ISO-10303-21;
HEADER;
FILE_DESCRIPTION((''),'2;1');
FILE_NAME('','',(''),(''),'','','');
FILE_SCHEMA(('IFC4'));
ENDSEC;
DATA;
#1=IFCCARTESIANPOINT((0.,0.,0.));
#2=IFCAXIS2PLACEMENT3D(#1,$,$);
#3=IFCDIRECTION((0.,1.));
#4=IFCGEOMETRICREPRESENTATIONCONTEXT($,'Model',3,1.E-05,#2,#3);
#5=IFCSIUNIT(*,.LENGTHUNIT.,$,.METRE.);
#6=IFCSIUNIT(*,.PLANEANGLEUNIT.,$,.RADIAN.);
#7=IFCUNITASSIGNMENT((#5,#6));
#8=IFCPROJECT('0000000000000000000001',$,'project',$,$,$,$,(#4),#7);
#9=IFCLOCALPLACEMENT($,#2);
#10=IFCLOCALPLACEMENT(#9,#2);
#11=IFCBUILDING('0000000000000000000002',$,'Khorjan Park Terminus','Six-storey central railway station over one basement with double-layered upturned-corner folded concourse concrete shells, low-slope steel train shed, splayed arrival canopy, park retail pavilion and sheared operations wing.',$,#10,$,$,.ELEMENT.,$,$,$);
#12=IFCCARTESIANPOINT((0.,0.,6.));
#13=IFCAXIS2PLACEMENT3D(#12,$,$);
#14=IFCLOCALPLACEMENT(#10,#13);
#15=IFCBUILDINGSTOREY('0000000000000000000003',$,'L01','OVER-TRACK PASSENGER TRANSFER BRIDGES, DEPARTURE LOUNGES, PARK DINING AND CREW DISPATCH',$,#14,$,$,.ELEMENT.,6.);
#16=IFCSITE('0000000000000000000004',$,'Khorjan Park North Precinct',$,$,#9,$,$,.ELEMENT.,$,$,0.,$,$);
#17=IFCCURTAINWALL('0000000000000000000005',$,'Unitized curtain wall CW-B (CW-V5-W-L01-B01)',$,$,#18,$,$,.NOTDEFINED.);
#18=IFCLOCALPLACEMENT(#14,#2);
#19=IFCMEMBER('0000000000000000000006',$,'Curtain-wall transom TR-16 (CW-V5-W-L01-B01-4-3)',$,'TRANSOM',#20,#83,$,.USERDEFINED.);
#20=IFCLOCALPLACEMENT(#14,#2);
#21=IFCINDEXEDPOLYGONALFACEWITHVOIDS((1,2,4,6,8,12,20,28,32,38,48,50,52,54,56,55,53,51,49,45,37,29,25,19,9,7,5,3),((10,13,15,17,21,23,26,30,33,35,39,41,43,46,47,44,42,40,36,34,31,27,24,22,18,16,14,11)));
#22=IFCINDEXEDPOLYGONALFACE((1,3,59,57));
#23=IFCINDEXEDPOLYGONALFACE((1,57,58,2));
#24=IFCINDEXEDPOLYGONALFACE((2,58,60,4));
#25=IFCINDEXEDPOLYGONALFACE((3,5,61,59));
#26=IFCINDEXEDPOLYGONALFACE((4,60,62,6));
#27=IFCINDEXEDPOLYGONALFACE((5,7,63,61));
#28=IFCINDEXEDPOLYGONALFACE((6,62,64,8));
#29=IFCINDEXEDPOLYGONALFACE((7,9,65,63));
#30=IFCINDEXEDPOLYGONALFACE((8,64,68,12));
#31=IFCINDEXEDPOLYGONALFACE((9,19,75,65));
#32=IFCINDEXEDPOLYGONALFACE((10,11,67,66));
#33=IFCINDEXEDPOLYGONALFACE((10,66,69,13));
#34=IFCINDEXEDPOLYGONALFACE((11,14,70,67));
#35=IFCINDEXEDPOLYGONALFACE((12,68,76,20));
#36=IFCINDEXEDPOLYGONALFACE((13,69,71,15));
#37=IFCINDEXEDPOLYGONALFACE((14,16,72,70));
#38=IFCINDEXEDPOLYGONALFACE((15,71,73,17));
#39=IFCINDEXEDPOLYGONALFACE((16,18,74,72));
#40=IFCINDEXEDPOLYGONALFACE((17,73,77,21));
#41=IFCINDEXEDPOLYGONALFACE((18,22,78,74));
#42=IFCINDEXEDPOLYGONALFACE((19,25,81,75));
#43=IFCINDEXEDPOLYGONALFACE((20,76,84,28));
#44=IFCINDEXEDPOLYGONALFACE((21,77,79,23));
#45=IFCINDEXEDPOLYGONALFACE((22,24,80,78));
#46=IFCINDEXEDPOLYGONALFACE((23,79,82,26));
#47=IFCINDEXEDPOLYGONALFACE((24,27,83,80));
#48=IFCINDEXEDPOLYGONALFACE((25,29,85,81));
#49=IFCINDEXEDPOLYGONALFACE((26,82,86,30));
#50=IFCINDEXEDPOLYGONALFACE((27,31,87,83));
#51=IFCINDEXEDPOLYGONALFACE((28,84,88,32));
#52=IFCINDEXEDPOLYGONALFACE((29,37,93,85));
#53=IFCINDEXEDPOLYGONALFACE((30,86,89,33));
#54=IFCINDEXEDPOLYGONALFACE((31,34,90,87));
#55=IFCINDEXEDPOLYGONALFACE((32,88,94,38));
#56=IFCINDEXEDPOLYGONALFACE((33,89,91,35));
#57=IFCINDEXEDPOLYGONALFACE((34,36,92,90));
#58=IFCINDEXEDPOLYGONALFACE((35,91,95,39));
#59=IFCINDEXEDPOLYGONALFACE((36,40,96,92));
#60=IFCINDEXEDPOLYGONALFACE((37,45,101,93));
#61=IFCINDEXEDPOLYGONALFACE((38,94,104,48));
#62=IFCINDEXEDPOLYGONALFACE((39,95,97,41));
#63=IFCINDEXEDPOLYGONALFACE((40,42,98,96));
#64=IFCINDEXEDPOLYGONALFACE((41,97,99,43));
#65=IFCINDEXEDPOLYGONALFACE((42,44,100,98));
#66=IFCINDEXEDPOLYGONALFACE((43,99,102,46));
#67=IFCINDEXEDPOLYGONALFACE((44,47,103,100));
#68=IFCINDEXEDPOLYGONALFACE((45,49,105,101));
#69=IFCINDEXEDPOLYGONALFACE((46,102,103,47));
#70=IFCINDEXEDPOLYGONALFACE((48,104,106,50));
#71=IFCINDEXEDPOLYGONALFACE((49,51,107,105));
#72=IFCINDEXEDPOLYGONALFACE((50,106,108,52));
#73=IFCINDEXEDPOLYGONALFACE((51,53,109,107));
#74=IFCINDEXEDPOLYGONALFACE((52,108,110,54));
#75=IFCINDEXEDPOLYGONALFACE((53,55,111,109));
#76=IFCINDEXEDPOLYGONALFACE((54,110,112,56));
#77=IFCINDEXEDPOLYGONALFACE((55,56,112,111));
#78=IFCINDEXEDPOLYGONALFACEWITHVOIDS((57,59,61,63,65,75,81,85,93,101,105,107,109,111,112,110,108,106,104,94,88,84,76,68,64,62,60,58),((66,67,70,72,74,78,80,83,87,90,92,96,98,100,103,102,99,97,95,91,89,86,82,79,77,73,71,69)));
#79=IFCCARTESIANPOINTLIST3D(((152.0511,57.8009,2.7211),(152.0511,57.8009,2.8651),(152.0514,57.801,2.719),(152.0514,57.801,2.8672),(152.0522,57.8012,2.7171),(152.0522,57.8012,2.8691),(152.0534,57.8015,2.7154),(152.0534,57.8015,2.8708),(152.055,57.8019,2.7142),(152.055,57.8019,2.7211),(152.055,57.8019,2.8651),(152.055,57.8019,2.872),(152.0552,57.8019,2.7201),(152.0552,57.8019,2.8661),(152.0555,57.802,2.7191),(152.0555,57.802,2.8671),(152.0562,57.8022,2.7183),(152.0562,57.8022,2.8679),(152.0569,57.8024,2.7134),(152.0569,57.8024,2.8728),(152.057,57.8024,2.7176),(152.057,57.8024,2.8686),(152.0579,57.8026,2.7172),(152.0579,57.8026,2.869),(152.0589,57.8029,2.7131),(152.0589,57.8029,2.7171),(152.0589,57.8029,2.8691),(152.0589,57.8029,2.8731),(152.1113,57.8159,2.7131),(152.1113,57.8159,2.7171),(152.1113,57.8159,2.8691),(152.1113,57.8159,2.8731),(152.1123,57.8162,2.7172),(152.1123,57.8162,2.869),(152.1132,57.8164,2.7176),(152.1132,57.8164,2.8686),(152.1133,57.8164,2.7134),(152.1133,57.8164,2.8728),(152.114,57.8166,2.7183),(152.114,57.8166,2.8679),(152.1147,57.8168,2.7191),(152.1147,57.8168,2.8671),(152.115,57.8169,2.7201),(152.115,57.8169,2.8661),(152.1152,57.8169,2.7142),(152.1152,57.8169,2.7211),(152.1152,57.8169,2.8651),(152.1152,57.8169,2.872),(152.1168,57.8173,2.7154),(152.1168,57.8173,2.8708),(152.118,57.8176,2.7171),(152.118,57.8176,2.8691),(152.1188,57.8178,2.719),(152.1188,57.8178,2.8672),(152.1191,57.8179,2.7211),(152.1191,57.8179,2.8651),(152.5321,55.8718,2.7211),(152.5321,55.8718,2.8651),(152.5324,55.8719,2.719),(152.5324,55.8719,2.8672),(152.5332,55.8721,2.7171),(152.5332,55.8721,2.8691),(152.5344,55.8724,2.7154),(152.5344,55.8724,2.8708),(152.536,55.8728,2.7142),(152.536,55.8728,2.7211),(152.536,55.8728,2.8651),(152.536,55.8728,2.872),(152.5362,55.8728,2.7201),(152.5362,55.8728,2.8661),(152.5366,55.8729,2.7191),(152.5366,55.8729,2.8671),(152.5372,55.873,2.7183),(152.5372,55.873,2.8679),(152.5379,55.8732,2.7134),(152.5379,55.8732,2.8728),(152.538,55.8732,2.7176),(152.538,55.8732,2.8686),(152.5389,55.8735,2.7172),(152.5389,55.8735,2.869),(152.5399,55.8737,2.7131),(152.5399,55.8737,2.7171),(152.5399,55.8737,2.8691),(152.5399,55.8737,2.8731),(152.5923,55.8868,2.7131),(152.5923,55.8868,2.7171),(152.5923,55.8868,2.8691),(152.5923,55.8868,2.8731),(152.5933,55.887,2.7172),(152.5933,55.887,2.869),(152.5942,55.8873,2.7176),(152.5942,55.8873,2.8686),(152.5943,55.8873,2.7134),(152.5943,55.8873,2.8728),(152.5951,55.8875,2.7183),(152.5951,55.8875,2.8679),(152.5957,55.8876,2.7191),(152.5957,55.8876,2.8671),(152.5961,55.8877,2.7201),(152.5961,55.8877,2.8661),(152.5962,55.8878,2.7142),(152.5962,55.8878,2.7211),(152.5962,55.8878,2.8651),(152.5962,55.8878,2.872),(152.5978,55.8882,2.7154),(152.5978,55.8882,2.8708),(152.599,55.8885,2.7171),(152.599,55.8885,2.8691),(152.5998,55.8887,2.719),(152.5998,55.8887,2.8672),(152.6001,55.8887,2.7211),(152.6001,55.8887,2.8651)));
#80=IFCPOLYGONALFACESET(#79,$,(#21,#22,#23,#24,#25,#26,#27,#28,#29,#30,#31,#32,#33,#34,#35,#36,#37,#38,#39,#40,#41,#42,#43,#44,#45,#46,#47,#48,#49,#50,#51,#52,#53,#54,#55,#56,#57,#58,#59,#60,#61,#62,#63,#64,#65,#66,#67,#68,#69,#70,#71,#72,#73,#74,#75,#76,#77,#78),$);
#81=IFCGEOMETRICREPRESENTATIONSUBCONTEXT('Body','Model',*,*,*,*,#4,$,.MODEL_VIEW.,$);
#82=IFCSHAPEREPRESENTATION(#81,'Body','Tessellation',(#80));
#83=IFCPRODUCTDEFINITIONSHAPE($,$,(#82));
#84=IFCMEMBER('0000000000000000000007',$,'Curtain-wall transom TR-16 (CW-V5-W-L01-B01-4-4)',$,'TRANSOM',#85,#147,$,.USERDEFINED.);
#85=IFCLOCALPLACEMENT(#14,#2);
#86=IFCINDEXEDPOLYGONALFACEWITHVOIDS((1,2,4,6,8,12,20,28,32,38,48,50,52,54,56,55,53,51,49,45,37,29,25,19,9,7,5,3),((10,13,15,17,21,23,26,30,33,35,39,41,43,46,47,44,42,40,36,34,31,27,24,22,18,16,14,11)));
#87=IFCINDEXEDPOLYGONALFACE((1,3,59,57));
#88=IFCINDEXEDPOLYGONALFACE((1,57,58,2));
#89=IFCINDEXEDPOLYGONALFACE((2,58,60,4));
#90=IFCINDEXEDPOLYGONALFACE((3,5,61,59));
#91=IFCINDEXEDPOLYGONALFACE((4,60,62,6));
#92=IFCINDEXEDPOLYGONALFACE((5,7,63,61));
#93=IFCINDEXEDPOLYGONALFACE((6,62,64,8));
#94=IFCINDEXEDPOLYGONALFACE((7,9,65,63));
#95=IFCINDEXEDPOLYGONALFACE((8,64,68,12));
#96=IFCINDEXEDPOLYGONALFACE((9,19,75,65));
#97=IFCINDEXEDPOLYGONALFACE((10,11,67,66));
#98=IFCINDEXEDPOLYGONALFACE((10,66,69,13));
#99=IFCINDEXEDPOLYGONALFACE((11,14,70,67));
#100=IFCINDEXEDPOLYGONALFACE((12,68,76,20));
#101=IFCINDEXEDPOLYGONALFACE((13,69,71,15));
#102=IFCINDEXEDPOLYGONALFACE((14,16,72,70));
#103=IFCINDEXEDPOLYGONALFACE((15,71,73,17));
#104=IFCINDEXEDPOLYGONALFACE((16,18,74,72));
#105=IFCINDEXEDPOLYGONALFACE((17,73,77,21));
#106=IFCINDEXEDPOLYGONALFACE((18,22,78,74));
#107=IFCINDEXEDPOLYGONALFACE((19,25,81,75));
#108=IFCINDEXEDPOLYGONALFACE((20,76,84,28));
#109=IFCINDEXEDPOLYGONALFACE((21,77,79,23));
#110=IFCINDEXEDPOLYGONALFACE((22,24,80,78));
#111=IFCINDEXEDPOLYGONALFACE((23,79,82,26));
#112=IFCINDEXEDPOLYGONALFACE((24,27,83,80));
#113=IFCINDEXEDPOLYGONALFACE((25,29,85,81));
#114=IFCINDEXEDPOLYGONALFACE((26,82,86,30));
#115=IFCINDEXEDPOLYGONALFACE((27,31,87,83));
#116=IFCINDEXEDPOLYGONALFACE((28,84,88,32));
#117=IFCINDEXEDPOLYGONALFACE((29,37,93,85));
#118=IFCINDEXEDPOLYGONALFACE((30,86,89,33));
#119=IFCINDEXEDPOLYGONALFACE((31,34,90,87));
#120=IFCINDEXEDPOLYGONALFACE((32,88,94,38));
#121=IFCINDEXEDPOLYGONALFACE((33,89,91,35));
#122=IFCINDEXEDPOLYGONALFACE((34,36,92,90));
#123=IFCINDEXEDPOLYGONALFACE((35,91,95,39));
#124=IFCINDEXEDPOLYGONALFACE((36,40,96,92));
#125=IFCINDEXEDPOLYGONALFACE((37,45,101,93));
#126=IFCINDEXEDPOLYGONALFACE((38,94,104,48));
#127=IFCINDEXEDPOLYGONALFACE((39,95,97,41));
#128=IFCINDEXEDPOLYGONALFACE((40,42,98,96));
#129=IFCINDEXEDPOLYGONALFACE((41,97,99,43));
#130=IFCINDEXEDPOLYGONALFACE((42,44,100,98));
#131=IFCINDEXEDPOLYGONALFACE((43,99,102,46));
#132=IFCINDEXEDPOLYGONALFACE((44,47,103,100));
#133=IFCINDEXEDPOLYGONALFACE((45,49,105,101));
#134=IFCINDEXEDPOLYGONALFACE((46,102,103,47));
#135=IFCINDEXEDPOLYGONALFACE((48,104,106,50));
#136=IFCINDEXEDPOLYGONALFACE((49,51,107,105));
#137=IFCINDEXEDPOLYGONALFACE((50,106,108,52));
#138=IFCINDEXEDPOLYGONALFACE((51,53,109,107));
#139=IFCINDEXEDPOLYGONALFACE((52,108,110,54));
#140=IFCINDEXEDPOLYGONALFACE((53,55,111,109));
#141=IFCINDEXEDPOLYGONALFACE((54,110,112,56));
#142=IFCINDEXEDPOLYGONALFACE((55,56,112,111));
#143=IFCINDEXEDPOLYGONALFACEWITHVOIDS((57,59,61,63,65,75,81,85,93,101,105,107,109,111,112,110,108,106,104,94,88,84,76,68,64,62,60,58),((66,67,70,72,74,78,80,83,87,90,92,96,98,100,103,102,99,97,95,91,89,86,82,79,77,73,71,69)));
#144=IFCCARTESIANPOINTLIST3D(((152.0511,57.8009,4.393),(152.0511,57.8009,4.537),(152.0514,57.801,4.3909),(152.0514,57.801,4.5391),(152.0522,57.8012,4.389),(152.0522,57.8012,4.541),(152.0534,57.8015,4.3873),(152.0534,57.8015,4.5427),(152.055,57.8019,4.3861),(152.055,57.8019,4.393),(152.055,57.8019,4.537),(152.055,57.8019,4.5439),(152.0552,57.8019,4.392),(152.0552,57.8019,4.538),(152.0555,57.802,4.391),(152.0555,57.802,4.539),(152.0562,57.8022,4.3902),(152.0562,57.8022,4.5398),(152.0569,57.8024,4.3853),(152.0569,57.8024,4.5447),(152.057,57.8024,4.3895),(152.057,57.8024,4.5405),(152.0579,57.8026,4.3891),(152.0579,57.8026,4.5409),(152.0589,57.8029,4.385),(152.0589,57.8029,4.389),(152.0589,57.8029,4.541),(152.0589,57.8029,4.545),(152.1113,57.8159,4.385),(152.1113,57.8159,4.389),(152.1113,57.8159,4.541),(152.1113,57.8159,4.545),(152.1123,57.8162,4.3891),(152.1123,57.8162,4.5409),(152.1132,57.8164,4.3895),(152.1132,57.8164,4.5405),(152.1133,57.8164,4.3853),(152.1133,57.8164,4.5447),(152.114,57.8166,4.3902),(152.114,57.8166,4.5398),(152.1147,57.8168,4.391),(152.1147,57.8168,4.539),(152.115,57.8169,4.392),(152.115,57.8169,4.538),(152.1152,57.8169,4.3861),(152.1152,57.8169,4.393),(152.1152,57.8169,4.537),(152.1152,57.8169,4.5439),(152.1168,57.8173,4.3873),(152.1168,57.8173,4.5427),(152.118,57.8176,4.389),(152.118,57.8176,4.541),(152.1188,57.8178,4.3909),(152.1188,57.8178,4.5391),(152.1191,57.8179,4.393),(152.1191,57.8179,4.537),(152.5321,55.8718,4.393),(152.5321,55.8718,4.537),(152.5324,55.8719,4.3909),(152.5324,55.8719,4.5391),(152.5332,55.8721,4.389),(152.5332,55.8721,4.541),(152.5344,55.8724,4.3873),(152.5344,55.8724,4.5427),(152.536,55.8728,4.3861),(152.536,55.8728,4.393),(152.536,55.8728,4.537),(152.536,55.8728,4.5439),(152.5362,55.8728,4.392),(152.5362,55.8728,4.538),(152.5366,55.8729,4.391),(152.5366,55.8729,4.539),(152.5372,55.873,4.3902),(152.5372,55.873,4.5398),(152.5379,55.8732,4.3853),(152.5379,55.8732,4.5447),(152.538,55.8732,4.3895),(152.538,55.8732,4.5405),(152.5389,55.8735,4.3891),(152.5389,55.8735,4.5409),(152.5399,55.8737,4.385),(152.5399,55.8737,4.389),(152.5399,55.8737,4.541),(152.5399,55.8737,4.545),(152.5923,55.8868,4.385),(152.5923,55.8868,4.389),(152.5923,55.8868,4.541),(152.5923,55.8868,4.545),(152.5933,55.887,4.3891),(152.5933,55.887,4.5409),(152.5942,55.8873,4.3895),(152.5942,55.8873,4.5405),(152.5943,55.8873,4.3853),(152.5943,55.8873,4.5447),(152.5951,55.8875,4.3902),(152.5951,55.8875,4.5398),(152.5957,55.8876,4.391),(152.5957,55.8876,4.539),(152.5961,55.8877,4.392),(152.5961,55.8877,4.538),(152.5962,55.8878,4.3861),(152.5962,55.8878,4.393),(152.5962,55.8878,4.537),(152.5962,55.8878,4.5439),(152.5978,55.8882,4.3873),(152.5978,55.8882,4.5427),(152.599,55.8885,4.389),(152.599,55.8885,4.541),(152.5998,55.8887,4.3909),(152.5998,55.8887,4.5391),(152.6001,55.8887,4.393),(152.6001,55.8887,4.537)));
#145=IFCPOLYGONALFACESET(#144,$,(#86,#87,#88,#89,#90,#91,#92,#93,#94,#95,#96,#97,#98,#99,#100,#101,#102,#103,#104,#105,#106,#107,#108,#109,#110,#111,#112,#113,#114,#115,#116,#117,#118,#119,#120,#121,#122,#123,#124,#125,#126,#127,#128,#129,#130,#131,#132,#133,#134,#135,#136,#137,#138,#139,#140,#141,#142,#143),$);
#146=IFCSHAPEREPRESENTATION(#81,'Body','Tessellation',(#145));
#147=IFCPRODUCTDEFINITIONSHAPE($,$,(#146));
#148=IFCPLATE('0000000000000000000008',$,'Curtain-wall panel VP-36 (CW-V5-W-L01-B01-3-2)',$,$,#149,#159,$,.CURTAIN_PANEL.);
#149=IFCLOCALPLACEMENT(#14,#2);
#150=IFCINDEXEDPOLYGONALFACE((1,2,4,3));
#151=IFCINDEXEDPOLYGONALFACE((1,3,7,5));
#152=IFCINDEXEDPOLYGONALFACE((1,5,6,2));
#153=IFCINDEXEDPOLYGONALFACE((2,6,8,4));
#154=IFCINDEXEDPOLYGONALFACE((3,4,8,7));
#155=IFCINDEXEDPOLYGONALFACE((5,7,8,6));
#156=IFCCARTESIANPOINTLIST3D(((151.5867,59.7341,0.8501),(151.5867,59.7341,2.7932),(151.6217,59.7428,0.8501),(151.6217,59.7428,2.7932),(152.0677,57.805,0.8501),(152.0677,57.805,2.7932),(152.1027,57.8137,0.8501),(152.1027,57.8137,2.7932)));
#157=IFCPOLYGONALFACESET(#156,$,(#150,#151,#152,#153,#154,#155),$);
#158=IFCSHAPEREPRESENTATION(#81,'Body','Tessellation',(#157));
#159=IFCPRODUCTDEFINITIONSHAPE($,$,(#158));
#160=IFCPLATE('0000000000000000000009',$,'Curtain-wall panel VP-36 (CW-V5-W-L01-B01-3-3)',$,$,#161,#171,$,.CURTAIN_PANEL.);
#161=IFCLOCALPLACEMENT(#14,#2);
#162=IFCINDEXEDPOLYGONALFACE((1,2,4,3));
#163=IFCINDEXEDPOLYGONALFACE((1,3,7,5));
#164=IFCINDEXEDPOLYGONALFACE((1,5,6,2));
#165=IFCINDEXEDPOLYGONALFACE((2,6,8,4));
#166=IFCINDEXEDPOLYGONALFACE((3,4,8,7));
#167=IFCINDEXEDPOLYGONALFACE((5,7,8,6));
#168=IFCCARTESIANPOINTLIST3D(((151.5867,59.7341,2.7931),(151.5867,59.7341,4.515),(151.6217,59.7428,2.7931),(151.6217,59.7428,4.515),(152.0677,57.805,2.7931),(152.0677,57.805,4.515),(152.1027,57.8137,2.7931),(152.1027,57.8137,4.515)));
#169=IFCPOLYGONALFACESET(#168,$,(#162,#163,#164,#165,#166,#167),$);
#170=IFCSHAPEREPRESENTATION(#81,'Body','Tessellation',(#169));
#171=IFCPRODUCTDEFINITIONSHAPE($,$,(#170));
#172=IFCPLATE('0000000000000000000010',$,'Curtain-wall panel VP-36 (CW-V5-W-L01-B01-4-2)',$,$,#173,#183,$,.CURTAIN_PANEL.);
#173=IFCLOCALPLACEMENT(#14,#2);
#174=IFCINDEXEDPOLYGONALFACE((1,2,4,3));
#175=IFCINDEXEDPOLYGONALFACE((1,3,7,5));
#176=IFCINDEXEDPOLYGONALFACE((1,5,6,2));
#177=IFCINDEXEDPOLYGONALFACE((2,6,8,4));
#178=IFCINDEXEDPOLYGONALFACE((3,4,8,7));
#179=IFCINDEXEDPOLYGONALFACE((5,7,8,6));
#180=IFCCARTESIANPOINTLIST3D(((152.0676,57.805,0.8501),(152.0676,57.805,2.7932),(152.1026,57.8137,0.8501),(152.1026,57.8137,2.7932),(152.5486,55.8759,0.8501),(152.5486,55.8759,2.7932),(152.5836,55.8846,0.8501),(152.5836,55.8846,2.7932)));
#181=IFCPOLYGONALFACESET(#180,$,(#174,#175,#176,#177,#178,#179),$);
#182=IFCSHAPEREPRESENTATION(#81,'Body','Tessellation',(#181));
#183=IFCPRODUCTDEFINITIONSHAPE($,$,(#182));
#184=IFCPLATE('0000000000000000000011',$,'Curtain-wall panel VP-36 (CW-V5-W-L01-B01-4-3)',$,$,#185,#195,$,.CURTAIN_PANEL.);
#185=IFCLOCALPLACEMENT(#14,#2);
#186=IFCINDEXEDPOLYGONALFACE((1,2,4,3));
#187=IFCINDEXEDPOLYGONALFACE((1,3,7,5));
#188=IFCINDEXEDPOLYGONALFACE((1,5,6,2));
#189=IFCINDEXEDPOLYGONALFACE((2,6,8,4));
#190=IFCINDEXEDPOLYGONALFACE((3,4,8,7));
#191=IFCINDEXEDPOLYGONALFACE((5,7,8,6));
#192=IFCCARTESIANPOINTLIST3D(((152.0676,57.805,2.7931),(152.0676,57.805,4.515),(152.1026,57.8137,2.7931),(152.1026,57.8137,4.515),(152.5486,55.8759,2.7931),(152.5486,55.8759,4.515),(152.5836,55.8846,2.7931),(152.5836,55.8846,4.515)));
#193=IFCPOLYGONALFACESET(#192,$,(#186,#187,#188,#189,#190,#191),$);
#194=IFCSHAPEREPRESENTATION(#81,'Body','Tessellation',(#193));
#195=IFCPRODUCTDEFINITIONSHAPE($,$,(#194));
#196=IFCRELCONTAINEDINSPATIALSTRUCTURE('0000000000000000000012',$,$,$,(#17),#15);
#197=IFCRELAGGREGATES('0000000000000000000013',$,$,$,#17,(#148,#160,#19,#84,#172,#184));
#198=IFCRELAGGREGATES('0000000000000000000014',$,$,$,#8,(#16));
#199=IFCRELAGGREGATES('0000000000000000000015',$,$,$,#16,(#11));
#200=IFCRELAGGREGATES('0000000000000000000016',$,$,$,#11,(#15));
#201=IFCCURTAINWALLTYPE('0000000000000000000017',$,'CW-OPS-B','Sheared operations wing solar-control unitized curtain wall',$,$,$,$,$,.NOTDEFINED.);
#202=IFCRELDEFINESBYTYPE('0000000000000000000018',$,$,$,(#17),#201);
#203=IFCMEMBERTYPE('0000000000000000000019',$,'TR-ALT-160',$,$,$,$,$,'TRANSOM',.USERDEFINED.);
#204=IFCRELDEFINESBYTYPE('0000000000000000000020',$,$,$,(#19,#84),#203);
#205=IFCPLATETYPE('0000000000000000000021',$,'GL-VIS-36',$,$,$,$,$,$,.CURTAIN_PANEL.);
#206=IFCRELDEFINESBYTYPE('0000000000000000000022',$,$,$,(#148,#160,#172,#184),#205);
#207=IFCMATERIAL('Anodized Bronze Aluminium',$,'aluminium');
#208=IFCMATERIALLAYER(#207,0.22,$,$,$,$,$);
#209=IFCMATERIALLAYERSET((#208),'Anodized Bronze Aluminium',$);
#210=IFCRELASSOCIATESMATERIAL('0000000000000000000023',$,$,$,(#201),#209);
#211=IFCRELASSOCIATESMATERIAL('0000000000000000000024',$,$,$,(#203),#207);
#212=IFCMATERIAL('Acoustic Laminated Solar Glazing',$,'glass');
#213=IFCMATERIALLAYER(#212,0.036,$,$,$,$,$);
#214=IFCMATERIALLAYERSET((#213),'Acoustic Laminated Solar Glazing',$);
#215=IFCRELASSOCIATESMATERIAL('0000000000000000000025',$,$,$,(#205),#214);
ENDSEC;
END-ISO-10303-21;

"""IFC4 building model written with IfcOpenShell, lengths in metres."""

from ifc_helpers import new_model, si_unit, direction, frame, origin, origin_2d, place, context, subcontext, project, spatial, rectangle, hollow_rectangle, extrude, material, layer, layer_set, material_profile, profile_set, type_object, element, aggregate, save


model = new_model("IFC4")

# Units and contexts
model_context = context("Model", 3, precision=1e-05, world=origin(), true_north=direction((0.0, 1.0)))
body_context = subcontext(model_context, "Body", "Model", "MODEL_VIEW")
ifc_project = project(units=[si_unit("LENGTHUNIT", "METRE"), si_unit("PLANEANGLEUNIT", "RADIAN")], contexts=[model_context])

# Site, building, storey
site_placement = place(None, origin())
site = spatial("IfcSite", under=ifc_project, at=site_placement, Name="Khorjan Park North Precinct", CompositionType="ELEMENT", RefElevation=0.0)
building_placement = place(site_placement, origin())
building = spatial("IfcBuilding", under=site, at=building_placement, Name="Khorjan Park Terminus", Description="Six-storey central railway station over one basement with double-layered upturned-corner folded concourse concrete shells, low-slope steel train shed, splayed arrival canopy, park retail pavilion and sheared operations wing.", CompositionType="ELEMENT")
storey_placement = place(building_placement, frame((0.0, 0.0, 6.0)))
storey = spatial("IfcBuildingStorey", under=building, at=storey_placement, Name="L01", Description="OVER-TRACK PASSENGER TRANSFER BRIDGES, DEPARTURE LOUNGES, PARK DINING AND CREW DISPATCH", CompositionType="ELEMENT", Elevation=6.0)

# Curtain wall, members, plates
ifc_material_1 = material(Name="Anodized Bronze Aluminium", Category="aluminium")
ifc_layer_1 = layer(ifc_material_1, 0.22)
ifc_layer_set_1 = layer_set([ifc_layer_1], Name="Anodized Bronze Aluminium")
curtain_wall_type = type_object("IfcCurtainWallType", Name="CW-OPS-B", Description="Sheared operations wing solar-control unitized curtain wall", PredefinedType="NOTDEFINED", material=ifc_layer_set_1)
curtain_wall_placement = place(storey_placement, origin())
curtain_wall = element("IfcCurtainWall", 1, at=curtain_wall_placement, inside=storey, type_object=curtain_wall_type, Name="Unitized curtain wall CW-B (CW-V5-W-L01-B01)", PredefinedType="NOTDEFINED")
ifc_material_profile_1 = material_profile(ifc_material_1, hollow_rectangle(XDim=0.07, YDim=0.16, WallThickness=0.004, InnerFilletRadius=0.004, OuterFilletRadius=0.008, at=origin_2d()), Name="ALT 70x160x4")
ifc_profile_set_1 = profile_set([ifc_material_profile_1], Name="Anodized Bronze Aluminium")
member_type_1 = type_object("IfcMemberType", Name="TR-ALT-160", ElementType="TRANSOM", PredefinedType="USERDEFINED", material=ifc_profile_set_1)
member_1_placement = place(storey_placement, frame((152.0851, 57.8094, 2.7931), z_axis=(0.241932, -0.970293, 0.0), x_axis=(0.970293, 0.241932, 0.0)))
member_1 = element("IfcMember", 2, at=member_1_placement, type_object=member_type_1, Name="Curtain-wall transom TR-16 (CW-V5-W-L01-B01-4-3)", ObjectType="TRANSOM", PredefinedType="USERDEFINED", context=body_context, shape_type="SweptSolid", body=[
    extrude(hollow_rectangle(XDim=0.07, YDim=0.16, WallThickness=0.004, InnerFilletRadius=0.004, OuterFilletRadius=0.008, at=origin_2d()), origin(), (0.0, 0.0, 1.0), 1.9882),
])
member_2_placement = place(storey_placement, frame((152.0851, 57.8094, 4.465), z_axis=(0.241932, -0.970293, 0.0), x_axis=(0.970293, 0.241932, 0.0)))
member_2 = element("IfcMember", 3, at=member_2_placement, type_object=member_type_1, Name="Curtain-wall transom TR-16 (CW-V5-W-L01-B01-4-4)", ObjectType="TRANSOM", PredefinedType="USERDEFINED", context=body_context, shape_type="SweptSolid", body=[
    extrude(hollow_rectangle(XDim=0.07, YDim=0.16, WallThickness=0.004, InnerFilletRadius=0.004, OuterFilletRadius=0.008, at=origin_2d()), origin(), (0.0, 0.0, 1.0), 1.9882),
])
ifc_material_2 = material(Name="Acoustic Laminated Solar Glazing", Category="glass")
ifc_layer_2 = layer(ifc_material_2, 0.036)
ifc_layer_set_2 = layer_set([ifc_layer_2], Name="Acoustic Laminated Solar Glazing")
plate_type_1 = type_object("IfcPlateType", Name="GL-VIS-36", PredefinedType="CURTAIN_PANEL", material=ifc_layer_set_2)
plate_1_placement = place(storey_placement, frame((151.8447, 58.7739, 0.8501), z_axis=(0.0, 0.0, 1.0), x_axis=(0.241913, -0.970298, 0.0)))
plate_1 = element("IfcPlate", 4, at=plate_1_placement, type_object=plate_type_1, Name="Curtain-wall panel VP-36 (CW-V5-W-L01-B01-3-2)", PredefinedType="CURTAIN_PANEL", context=body_context, shape_type="SweptSolid", body=[
    extrude(rectangle(XDim=1.9882, YDim=0.036, at=origin_2d()), origin(), (0.0, 0.0, 1.0), 1.9431),
])
plate_2_placement = place(storey_placement, frame((151.8447, 58.7739, 2.7931), z_axis=(0.0, 0.0, 1.0), x_axis=(0.241913, -0.970298, 0.0)))
plate_2 = element("IfcPlate", 5, at=plate_2_placement, type_object=plate_type_1, Name="Curtain-wall panel VP-36 (CW-V5-W-L01-B01-3-3)", PredefinedType="CURTAIN_PANEL", context=body_context, shape_type="SweptSolid", body=[
    extrude(rectangle(XDim=1.9882, YDim=0.036, at=origin_2d()), origin(), (0.0, 0.0, 1.0), 1.7219),
])
plate_3_placement = place(storey_placement, frame((152.3256, 56.8448, 0.8501), z_axis=(0.0, 0.0, 1.0), x_axis=(0.241913, -0.970298, 0.0)))
plate_3 = element("IfcPlate", 6, at=plate_3_placement, type_object=plate_type_1, Name="Curtain-wall panel VP-36 (CW-V5-W-L01-B01-4-2)", PredefinedType="CURTAIN_PANEL", context=body_context, shape_type="SweptSolid", body=[
    extrude(rectangle(XDim=1.9882, YDim=0.036, at=origin_2d()), origin(), (0.0, 0.0, 1.0), 1.9431),
])
plate_4_placement = place(storey_placement, frame((152.3256, 56.8448, 2.7931), z_axis=(0.0, 0.0, 1.0), x_axis=(0.241913, -0.970298, 0.0)))
plate_4 = element("IfcPlate", 7, at=plate_4_placement, type_object=plate_type_1, Name="Curtain-wall panel VP-36 (CW-V5-W-L01-B01-4-3)", PredefinedType="CURTAIN_PANEL", context=body_context, shape_type="SweptSolid", body=[
    extrude(rectangle(XDim=1.9882, YDim=0.036, at=origin_2d()), origin(), (0.0, 0.0, 1.0), 1.7219),
])
aggregate(curtain_wall, [plate_1, plate_2, member_1, member_2, plate_3, plate_4])

save(model, "model.ifc")
